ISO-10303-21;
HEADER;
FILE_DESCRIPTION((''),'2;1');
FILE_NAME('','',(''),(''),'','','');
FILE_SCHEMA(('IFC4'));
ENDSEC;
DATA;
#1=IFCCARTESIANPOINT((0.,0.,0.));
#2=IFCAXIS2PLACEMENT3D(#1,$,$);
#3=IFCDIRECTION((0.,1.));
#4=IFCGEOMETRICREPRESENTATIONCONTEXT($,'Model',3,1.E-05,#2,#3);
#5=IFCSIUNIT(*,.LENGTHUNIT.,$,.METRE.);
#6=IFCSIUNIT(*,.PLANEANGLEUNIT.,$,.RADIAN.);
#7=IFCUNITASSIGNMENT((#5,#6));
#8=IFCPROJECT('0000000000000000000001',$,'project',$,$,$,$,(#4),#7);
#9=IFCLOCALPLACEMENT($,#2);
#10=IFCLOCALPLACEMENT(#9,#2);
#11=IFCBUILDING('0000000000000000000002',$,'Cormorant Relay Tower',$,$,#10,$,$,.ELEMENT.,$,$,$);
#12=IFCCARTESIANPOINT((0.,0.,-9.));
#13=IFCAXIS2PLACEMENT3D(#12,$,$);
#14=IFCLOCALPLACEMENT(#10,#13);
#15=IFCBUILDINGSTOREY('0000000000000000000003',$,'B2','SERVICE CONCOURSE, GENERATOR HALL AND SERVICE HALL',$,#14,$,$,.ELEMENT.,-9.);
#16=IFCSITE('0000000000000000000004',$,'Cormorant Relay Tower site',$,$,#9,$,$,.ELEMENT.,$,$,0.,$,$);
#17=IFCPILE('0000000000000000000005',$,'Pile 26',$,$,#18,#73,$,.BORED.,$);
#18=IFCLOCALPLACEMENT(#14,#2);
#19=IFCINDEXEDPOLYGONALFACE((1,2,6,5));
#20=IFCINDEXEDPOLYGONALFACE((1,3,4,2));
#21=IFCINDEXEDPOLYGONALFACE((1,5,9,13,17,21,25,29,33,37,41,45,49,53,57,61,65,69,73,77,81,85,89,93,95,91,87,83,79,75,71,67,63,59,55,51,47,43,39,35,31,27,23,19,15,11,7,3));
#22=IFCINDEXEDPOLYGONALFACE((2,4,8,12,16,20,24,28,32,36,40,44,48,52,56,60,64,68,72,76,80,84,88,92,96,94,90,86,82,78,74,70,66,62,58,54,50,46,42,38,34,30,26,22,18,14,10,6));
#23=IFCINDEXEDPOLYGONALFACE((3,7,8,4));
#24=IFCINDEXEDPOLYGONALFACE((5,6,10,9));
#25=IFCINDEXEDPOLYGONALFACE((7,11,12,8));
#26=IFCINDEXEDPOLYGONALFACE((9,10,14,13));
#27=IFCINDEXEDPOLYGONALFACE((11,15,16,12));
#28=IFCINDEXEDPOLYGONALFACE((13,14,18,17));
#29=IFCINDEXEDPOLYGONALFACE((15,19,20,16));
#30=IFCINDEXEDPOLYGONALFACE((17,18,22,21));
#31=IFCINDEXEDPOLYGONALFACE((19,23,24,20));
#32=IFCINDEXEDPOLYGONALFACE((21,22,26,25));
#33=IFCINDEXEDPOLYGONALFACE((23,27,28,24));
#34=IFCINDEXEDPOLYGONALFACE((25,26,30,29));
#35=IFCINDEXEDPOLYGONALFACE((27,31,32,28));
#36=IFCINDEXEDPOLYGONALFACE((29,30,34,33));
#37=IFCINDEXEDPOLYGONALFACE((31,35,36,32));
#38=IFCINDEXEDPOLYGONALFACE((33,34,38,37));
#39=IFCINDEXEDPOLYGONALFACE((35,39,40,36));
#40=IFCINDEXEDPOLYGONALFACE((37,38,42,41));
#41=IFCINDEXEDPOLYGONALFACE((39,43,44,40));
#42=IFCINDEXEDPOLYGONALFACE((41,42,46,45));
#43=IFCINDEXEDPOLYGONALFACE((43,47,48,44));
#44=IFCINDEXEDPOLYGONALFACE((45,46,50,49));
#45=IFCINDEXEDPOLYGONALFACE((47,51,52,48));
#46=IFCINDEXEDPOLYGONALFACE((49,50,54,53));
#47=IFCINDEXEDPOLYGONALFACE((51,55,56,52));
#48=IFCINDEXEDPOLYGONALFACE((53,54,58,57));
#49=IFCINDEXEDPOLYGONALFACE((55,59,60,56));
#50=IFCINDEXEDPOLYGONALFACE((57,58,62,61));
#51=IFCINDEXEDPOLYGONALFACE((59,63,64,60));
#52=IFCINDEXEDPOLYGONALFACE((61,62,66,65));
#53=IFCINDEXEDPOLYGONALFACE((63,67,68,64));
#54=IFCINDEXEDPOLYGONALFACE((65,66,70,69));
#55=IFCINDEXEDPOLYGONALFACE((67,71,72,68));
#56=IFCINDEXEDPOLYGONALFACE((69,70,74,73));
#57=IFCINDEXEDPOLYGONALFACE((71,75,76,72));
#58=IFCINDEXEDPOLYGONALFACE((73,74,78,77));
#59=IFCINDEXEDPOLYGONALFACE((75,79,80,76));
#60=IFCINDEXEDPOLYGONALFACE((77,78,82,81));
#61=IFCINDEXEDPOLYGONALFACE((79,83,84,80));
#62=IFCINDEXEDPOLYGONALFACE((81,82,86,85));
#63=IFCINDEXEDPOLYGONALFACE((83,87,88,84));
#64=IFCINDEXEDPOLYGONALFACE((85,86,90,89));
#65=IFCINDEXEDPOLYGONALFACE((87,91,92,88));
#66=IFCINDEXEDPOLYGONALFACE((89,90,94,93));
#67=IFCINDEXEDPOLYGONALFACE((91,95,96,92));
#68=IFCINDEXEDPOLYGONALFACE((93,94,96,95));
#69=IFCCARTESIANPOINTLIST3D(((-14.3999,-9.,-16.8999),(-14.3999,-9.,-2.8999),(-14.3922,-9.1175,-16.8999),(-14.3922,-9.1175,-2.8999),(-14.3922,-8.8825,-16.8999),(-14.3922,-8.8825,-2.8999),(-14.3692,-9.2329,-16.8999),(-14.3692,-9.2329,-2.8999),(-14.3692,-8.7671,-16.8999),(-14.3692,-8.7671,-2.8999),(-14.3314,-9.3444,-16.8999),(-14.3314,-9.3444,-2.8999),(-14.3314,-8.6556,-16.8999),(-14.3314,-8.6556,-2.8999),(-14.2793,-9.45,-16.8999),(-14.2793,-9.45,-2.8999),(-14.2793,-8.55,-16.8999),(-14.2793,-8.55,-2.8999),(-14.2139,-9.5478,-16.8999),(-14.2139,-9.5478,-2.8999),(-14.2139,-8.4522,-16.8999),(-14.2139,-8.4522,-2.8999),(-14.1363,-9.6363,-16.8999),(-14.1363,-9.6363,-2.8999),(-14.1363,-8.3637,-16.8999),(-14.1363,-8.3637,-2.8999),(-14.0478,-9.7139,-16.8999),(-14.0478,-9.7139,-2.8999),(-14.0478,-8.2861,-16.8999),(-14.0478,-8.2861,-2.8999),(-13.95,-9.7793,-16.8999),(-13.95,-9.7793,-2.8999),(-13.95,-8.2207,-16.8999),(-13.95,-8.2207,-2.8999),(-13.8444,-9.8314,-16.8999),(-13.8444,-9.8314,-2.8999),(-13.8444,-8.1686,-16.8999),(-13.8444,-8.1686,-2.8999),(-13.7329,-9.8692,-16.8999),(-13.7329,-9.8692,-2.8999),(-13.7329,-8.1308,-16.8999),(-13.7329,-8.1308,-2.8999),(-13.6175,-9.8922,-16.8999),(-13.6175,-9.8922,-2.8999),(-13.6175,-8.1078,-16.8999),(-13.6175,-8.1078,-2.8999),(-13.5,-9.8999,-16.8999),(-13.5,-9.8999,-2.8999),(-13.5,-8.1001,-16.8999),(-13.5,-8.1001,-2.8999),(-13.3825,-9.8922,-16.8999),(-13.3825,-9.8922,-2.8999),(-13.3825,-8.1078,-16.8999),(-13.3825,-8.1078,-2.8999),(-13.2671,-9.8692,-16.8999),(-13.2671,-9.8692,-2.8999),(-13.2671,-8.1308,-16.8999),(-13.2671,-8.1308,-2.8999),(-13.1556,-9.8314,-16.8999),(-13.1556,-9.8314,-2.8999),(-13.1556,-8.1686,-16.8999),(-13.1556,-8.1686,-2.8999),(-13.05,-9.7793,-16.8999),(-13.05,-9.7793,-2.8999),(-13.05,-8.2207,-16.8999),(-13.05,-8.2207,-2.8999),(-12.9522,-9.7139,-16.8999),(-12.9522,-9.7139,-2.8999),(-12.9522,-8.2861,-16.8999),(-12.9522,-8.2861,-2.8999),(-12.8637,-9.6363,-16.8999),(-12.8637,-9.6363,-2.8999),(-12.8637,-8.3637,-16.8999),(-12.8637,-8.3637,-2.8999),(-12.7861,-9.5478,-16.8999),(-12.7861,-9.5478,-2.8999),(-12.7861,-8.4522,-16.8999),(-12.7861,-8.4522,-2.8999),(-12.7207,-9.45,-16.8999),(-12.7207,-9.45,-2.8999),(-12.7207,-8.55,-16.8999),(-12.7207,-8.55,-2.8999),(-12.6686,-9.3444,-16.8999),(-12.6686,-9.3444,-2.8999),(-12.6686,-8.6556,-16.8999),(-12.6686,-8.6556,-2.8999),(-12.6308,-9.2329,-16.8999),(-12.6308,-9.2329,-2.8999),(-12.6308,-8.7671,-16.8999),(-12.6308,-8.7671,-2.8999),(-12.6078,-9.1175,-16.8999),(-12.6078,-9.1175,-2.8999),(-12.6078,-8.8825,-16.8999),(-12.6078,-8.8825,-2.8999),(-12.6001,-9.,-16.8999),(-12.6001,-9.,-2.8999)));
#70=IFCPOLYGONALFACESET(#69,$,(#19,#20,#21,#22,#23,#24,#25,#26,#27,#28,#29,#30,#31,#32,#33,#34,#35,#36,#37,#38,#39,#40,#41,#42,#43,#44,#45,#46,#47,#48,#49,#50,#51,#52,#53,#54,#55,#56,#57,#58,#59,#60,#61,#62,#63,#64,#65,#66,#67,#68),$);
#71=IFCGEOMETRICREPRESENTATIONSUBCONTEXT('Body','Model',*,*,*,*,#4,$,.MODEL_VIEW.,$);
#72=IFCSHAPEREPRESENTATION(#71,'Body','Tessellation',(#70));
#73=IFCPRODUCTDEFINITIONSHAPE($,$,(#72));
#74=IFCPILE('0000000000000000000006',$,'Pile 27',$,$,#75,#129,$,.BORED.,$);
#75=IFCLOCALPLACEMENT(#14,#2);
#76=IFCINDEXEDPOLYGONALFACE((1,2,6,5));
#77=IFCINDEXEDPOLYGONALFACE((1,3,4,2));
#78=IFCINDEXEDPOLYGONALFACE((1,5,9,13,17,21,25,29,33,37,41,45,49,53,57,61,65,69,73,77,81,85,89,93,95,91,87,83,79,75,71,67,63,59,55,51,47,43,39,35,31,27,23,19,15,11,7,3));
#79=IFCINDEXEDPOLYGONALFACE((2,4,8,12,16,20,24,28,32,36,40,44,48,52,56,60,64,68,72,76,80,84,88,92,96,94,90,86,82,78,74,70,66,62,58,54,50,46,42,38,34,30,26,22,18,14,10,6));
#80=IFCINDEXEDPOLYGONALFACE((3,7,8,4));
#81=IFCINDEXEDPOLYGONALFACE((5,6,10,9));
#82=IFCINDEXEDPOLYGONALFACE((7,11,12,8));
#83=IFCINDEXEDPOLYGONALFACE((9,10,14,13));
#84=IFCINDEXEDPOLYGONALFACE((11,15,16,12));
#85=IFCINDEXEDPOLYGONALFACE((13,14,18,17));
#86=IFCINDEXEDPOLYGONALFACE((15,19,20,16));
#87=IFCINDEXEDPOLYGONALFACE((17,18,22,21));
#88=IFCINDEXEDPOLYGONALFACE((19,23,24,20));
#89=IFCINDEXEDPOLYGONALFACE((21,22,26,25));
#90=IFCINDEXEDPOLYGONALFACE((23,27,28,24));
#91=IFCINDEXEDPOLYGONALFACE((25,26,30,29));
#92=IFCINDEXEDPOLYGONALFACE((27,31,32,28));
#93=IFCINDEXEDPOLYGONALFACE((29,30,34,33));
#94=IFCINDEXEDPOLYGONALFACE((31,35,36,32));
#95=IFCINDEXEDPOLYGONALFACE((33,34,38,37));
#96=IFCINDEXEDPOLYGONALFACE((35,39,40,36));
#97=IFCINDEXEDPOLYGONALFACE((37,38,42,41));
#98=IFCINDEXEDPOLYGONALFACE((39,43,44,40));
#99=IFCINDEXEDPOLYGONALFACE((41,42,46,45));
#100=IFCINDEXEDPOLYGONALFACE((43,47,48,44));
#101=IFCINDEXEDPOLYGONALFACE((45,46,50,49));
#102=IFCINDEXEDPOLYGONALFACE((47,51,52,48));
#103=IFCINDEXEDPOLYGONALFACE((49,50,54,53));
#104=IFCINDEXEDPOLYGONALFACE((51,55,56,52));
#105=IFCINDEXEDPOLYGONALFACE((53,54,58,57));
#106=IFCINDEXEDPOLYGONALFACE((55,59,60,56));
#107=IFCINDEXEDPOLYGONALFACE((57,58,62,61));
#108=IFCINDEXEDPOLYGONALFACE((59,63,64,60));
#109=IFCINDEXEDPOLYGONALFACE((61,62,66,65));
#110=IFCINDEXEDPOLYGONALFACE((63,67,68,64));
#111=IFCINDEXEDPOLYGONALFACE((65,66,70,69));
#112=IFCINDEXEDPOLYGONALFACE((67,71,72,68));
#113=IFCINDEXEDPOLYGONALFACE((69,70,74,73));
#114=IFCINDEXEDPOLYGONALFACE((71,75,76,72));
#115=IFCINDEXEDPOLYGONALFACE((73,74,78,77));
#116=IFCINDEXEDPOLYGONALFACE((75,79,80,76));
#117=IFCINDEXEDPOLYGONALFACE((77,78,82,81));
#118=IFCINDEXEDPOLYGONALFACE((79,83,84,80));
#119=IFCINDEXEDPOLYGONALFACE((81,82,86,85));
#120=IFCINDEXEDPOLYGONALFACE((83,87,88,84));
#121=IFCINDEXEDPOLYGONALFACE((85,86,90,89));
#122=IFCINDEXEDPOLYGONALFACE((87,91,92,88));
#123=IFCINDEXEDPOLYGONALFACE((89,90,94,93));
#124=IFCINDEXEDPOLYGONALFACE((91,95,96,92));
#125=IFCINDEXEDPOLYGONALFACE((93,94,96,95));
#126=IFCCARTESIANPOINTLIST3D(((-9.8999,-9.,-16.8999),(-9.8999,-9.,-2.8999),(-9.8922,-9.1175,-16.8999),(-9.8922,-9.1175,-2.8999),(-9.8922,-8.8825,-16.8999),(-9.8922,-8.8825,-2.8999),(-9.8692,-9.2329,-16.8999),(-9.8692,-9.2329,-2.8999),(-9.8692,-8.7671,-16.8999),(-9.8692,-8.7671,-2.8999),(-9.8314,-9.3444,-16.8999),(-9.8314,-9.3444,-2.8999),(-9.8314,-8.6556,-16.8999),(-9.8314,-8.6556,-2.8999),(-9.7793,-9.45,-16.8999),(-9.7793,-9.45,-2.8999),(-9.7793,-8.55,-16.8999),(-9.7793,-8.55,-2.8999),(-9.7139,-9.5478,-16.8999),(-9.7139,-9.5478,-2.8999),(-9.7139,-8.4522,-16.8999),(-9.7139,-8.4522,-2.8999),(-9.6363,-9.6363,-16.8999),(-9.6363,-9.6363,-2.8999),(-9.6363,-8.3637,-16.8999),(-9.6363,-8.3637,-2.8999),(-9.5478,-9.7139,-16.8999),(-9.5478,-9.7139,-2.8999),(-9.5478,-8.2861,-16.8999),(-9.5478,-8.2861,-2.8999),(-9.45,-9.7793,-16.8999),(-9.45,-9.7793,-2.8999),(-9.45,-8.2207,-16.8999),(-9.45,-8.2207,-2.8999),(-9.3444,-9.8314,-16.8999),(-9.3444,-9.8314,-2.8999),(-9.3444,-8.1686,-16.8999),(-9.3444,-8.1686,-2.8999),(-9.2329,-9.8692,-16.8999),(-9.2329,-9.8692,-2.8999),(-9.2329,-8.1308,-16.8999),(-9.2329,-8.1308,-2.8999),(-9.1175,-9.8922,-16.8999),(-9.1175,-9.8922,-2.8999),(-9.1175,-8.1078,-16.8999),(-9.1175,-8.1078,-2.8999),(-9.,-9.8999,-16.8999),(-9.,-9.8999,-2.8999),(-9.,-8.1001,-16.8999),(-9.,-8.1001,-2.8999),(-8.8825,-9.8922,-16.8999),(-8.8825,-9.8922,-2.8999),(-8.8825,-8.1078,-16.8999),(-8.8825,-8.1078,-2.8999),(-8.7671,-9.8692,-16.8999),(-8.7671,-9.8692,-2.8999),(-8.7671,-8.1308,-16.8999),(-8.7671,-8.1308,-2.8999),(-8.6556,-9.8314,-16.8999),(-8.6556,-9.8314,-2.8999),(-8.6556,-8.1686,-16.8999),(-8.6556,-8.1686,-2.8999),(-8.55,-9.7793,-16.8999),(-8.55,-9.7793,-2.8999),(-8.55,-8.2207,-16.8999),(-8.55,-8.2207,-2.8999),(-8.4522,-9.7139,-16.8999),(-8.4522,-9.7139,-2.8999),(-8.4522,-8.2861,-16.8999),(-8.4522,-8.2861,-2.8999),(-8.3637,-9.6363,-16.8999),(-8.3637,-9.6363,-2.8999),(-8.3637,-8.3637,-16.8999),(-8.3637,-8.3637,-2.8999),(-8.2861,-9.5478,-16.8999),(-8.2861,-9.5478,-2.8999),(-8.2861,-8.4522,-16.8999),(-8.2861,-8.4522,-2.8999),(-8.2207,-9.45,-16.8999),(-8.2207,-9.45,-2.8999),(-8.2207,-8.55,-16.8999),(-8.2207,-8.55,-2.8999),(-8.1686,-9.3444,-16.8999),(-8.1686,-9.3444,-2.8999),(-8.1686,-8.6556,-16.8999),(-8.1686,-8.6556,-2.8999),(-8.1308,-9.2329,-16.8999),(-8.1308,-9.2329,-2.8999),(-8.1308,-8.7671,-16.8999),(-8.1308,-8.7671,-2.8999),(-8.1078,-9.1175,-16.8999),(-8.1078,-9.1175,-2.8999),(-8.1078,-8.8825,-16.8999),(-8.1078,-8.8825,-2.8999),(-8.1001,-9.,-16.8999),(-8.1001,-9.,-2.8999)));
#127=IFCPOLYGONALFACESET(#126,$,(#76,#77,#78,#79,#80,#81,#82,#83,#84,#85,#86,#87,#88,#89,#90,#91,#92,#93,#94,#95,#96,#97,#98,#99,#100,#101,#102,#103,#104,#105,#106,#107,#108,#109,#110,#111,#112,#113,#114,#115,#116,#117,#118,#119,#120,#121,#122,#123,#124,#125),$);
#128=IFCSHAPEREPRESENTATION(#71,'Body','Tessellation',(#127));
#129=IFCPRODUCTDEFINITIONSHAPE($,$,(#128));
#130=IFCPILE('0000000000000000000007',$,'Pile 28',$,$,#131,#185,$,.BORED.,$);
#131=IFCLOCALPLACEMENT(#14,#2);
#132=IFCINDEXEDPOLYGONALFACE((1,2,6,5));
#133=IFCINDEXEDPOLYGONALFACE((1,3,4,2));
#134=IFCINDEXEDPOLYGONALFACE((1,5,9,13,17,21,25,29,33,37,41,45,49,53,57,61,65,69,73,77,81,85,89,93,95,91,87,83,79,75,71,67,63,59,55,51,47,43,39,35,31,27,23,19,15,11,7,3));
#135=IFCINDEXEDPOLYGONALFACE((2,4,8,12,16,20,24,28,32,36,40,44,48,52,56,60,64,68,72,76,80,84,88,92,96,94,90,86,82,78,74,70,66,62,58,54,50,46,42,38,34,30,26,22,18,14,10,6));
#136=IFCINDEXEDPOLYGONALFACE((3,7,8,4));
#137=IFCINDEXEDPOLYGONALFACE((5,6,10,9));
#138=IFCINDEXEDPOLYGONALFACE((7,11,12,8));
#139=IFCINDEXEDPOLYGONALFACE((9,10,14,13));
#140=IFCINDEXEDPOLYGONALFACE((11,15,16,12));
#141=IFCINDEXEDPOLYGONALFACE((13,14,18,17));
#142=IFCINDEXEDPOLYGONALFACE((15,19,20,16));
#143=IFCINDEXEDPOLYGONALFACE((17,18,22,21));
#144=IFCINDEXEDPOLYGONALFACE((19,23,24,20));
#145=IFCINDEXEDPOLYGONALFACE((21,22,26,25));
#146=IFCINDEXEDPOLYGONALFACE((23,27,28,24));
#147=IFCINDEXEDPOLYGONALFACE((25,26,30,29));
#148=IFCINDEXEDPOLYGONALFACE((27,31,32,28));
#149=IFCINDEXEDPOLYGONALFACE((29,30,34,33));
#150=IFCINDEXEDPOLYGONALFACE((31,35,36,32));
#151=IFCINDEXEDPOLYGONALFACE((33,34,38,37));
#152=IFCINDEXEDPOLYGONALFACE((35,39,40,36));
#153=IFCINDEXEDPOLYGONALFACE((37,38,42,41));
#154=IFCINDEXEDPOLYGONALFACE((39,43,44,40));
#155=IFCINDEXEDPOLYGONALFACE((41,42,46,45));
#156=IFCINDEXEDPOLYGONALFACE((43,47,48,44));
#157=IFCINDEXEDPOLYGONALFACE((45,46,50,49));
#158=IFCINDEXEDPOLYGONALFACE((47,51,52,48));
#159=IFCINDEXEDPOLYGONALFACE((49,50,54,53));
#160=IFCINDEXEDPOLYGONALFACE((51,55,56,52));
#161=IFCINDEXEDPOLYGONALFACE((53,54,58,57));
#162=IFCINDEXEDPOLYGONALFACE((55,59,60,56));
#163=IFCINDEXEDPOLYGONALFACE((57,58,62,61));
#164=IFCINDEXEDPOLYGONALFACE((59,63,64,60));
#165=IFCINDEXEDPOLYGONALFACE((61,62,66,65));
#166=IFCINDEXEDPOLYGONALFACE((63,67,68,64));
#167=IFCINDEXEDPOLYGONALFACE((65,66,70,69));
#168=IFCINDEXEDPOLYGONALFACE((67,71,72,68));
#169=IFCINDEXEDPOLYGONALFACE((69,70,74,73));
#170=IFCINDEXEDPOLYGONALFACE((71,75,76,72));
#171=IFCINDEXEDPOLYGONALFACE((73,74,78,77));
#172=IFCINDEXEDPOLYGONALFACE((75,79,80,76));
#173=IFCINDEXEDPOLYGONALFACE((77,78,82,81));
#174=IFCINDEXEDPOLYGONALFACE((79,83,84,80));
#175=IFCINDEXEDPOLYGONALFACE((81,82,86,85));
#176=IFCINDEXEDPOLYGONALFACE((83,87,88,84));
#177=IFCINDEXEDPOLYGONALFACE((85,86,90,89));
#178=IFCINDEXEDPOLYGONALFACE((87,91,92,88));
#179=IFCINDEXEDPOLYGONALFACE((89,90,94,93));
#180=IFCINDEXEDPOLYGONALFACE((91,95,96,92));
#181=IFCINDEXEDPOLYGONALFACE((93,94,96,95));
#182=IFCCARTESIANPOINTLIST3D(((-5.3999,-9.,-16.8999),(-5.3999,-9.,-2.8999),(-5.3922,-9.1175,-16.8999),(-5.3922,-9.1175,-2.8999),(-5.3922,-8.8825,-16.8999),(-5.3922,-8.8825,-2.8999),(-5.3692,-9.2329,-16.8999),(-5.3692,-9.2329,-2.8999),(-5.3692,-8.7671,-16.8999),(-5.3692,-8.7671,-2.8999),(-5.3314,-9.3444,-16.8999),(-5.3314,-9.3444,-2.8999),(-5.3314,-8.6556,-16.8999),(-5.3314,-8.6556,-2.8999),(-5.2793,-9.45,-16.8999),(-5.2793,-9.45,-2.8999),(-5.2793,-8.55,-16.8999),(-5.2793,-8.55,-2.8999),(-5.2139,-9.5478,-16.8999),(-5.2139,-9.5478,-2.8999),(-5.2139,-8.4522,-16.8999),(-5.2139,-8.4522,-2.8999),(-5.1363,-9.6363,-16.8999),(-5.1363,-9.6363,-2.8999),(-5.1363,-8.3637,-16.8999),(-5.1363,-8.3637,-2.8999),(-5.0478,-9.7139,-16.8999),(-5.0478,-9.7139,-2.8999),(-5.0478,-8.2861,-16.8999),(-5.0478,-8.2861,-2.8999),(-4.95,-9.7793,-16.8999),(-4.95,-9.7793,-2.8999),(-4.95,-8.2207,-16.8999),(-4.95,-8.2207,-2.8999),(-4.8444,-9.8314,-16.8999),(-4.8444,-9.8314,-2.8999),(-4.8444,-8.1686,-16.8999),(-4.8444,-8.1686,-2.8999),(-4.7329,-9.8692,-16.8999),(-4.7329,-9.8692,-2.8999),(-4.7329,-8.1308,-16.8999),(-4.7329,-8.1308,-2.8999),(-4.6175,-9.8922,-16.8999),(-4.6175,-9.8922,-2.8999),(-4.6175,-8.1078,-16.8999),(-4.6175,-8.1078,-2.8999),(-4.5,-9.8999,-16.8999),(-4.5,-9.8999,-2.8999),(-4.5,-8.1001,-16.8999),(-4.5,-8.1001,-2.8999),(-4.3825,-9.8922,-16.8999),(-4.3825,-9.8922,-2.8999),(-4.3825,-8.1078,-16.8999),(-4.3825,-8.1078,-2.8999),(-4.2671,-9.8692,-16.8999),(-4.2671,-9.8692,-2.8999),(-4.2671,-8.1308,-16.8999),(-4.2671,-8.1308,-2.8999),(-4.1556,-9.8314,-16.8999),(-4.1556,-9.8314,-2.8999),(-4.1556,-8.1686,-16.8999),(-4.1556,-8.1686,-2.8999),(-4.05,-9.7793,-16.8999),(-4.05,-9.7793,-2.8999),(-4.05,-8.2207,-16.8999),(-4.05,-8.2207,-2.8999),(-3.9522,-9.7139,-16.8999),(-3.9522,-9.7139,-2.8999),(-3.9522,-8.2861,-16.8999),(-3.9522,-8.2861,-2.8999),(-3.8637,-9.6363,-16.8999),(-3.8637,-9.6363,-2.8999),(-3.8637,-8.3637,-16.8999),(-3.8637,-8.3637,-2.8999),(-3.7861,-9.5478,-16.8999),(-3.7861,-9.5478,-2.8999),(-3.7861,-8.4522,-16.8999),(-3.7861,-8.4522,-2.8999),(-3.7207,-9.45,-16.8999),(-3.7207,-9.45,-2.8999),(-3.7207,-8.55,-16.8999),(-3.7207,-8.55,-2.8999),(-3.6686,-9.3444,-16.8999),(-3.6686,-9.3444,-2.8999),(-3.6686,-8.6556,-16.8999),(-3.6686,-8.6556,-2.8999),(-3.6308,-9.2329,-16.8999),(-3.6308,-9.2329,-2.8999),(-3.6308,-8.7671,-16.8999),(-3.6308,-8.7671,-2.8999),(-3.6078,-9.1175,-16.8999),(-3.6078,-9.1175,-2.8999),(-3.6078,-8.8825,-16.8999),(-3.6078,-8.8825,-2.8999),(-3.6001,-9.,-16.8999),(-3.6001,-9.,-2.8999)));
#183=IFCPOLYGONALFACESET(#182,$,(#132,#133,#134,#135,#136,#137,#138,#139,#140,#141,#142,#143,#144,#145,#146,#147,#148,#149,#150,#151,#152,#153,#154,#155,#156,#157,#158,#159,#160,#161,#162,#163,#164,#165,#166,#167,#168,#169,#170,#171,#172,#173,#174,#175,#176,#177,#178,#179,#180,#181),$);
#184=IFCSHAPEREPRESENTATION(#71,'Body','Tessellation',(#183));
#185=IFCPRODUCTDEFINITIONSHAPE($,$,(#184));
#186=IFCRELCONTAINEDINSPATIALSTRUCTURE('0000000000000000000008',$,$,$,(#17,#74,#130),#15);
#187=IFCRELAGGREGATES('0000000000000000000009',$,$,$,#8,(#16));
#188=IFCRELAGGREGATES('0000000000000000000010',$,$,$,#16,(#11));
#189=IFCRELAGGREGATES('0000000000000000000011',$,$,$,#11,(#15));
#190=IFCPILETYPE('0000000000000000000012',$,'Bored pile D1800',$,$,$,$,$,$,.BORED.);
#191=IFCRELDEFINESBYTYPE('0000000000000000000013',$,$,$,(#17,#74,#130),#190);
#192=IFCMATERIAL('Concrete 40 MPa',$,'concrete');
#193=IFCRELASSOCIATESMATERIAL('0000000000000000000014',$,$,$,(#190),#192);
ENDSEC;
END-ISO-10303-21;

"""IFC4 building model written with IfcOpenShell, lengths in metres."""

from ifc_helpers import new_model, si_unit, direction, frame, origin, origin_2d, place, context, subcontext, project, spatial, circle, extrude, material, material_profile, profile_set, type_object, element, save


model = new_model("IFC4")

# Units and contexts
model_context = context("Model", 3, precision=1e-05, world=origin(), true_north=direction((0.0, 1.0)))
body_context = subcontext(model_context, "Body", "Model", "MODEL_VIEW")
ifc_project = project(units=[si_unit("LENGTHUNIT", "METRE"), si_unit("PLANEANGLEUNIT", "RADIAN")], contexts=[model_context])

# Site, building, storey
site_placement = place(None, origin())
site = spatial("IfcSite", under=ifc_project, at=site_placement, Name="Cormorant Relay Tower site", CompositionType="ELEMENT", RefElevation=0.0)
building_placement = place(site_placement, origin())
building = spatial("IfcBuilding", under=site, at=building_placement, Name="Cormorant Relay Tower", CompositionType="ELEMENT")
storey_placement = place(building_placement, frame((0.0, 0.0, -9.0)))
storey = spatial("IfcBuildingStorey", under=building, at=storey_placement, Name="B2", Description="SERVICE CONCOURSE, GENERATOR HALL AND SERVICE HALL", CompositionType="ELEMENT", Elevation=-9.0)

# Piles
ifc_material_1 = material(Name="Concrete 40 MPa", Category="concrete")
ifc_material_profile_1 = material_profile(ifc_material_1, circle(Radius=0.8999, at=origin_2d()), Name="BP1800")
ifc_profile_set_1 = profile_set([ifc_material_profile_1], Name="Concrete 40 MPa")
pile_type = type_object("IfcPileType", Name="Bored pile D1800", PredefinedType="BORED", material=ifc_profile_set_1)
for number, where, z_axis, x_axis, name in (
    (1, (-13.5, -9.0, -2.8999), (0.0, 0.0, -1.0), (1.0, 0.0, 0.0), "Pile 26"),
    (2, (-9.0, -9.0, -2.8999), (0.0, 0.0, -1.0), (1.0, 0.0, 0.0), "Pile 27"),
    (3, (-4.5, -9.0, -2.8999), (0.0, 0.0, -1.0), (1.0, 0.0, 0.0), "Pile 28"),
):
    element("IfcPile", number, at=place(storey_placement, frame(where, z_axis=z_axis, x_axis=x_axis)), inside=storey, type_object=pile_type, Name=name, PredefinedType="BORED", context=body_context, shape_type="SweptSolid", body=[
        extrude(circle(Radius=0.8999, at=origin_2d()), origin(), (0.0, 0.0, 1.0), 14.0),
    ])

save(model, "model.ifc")
